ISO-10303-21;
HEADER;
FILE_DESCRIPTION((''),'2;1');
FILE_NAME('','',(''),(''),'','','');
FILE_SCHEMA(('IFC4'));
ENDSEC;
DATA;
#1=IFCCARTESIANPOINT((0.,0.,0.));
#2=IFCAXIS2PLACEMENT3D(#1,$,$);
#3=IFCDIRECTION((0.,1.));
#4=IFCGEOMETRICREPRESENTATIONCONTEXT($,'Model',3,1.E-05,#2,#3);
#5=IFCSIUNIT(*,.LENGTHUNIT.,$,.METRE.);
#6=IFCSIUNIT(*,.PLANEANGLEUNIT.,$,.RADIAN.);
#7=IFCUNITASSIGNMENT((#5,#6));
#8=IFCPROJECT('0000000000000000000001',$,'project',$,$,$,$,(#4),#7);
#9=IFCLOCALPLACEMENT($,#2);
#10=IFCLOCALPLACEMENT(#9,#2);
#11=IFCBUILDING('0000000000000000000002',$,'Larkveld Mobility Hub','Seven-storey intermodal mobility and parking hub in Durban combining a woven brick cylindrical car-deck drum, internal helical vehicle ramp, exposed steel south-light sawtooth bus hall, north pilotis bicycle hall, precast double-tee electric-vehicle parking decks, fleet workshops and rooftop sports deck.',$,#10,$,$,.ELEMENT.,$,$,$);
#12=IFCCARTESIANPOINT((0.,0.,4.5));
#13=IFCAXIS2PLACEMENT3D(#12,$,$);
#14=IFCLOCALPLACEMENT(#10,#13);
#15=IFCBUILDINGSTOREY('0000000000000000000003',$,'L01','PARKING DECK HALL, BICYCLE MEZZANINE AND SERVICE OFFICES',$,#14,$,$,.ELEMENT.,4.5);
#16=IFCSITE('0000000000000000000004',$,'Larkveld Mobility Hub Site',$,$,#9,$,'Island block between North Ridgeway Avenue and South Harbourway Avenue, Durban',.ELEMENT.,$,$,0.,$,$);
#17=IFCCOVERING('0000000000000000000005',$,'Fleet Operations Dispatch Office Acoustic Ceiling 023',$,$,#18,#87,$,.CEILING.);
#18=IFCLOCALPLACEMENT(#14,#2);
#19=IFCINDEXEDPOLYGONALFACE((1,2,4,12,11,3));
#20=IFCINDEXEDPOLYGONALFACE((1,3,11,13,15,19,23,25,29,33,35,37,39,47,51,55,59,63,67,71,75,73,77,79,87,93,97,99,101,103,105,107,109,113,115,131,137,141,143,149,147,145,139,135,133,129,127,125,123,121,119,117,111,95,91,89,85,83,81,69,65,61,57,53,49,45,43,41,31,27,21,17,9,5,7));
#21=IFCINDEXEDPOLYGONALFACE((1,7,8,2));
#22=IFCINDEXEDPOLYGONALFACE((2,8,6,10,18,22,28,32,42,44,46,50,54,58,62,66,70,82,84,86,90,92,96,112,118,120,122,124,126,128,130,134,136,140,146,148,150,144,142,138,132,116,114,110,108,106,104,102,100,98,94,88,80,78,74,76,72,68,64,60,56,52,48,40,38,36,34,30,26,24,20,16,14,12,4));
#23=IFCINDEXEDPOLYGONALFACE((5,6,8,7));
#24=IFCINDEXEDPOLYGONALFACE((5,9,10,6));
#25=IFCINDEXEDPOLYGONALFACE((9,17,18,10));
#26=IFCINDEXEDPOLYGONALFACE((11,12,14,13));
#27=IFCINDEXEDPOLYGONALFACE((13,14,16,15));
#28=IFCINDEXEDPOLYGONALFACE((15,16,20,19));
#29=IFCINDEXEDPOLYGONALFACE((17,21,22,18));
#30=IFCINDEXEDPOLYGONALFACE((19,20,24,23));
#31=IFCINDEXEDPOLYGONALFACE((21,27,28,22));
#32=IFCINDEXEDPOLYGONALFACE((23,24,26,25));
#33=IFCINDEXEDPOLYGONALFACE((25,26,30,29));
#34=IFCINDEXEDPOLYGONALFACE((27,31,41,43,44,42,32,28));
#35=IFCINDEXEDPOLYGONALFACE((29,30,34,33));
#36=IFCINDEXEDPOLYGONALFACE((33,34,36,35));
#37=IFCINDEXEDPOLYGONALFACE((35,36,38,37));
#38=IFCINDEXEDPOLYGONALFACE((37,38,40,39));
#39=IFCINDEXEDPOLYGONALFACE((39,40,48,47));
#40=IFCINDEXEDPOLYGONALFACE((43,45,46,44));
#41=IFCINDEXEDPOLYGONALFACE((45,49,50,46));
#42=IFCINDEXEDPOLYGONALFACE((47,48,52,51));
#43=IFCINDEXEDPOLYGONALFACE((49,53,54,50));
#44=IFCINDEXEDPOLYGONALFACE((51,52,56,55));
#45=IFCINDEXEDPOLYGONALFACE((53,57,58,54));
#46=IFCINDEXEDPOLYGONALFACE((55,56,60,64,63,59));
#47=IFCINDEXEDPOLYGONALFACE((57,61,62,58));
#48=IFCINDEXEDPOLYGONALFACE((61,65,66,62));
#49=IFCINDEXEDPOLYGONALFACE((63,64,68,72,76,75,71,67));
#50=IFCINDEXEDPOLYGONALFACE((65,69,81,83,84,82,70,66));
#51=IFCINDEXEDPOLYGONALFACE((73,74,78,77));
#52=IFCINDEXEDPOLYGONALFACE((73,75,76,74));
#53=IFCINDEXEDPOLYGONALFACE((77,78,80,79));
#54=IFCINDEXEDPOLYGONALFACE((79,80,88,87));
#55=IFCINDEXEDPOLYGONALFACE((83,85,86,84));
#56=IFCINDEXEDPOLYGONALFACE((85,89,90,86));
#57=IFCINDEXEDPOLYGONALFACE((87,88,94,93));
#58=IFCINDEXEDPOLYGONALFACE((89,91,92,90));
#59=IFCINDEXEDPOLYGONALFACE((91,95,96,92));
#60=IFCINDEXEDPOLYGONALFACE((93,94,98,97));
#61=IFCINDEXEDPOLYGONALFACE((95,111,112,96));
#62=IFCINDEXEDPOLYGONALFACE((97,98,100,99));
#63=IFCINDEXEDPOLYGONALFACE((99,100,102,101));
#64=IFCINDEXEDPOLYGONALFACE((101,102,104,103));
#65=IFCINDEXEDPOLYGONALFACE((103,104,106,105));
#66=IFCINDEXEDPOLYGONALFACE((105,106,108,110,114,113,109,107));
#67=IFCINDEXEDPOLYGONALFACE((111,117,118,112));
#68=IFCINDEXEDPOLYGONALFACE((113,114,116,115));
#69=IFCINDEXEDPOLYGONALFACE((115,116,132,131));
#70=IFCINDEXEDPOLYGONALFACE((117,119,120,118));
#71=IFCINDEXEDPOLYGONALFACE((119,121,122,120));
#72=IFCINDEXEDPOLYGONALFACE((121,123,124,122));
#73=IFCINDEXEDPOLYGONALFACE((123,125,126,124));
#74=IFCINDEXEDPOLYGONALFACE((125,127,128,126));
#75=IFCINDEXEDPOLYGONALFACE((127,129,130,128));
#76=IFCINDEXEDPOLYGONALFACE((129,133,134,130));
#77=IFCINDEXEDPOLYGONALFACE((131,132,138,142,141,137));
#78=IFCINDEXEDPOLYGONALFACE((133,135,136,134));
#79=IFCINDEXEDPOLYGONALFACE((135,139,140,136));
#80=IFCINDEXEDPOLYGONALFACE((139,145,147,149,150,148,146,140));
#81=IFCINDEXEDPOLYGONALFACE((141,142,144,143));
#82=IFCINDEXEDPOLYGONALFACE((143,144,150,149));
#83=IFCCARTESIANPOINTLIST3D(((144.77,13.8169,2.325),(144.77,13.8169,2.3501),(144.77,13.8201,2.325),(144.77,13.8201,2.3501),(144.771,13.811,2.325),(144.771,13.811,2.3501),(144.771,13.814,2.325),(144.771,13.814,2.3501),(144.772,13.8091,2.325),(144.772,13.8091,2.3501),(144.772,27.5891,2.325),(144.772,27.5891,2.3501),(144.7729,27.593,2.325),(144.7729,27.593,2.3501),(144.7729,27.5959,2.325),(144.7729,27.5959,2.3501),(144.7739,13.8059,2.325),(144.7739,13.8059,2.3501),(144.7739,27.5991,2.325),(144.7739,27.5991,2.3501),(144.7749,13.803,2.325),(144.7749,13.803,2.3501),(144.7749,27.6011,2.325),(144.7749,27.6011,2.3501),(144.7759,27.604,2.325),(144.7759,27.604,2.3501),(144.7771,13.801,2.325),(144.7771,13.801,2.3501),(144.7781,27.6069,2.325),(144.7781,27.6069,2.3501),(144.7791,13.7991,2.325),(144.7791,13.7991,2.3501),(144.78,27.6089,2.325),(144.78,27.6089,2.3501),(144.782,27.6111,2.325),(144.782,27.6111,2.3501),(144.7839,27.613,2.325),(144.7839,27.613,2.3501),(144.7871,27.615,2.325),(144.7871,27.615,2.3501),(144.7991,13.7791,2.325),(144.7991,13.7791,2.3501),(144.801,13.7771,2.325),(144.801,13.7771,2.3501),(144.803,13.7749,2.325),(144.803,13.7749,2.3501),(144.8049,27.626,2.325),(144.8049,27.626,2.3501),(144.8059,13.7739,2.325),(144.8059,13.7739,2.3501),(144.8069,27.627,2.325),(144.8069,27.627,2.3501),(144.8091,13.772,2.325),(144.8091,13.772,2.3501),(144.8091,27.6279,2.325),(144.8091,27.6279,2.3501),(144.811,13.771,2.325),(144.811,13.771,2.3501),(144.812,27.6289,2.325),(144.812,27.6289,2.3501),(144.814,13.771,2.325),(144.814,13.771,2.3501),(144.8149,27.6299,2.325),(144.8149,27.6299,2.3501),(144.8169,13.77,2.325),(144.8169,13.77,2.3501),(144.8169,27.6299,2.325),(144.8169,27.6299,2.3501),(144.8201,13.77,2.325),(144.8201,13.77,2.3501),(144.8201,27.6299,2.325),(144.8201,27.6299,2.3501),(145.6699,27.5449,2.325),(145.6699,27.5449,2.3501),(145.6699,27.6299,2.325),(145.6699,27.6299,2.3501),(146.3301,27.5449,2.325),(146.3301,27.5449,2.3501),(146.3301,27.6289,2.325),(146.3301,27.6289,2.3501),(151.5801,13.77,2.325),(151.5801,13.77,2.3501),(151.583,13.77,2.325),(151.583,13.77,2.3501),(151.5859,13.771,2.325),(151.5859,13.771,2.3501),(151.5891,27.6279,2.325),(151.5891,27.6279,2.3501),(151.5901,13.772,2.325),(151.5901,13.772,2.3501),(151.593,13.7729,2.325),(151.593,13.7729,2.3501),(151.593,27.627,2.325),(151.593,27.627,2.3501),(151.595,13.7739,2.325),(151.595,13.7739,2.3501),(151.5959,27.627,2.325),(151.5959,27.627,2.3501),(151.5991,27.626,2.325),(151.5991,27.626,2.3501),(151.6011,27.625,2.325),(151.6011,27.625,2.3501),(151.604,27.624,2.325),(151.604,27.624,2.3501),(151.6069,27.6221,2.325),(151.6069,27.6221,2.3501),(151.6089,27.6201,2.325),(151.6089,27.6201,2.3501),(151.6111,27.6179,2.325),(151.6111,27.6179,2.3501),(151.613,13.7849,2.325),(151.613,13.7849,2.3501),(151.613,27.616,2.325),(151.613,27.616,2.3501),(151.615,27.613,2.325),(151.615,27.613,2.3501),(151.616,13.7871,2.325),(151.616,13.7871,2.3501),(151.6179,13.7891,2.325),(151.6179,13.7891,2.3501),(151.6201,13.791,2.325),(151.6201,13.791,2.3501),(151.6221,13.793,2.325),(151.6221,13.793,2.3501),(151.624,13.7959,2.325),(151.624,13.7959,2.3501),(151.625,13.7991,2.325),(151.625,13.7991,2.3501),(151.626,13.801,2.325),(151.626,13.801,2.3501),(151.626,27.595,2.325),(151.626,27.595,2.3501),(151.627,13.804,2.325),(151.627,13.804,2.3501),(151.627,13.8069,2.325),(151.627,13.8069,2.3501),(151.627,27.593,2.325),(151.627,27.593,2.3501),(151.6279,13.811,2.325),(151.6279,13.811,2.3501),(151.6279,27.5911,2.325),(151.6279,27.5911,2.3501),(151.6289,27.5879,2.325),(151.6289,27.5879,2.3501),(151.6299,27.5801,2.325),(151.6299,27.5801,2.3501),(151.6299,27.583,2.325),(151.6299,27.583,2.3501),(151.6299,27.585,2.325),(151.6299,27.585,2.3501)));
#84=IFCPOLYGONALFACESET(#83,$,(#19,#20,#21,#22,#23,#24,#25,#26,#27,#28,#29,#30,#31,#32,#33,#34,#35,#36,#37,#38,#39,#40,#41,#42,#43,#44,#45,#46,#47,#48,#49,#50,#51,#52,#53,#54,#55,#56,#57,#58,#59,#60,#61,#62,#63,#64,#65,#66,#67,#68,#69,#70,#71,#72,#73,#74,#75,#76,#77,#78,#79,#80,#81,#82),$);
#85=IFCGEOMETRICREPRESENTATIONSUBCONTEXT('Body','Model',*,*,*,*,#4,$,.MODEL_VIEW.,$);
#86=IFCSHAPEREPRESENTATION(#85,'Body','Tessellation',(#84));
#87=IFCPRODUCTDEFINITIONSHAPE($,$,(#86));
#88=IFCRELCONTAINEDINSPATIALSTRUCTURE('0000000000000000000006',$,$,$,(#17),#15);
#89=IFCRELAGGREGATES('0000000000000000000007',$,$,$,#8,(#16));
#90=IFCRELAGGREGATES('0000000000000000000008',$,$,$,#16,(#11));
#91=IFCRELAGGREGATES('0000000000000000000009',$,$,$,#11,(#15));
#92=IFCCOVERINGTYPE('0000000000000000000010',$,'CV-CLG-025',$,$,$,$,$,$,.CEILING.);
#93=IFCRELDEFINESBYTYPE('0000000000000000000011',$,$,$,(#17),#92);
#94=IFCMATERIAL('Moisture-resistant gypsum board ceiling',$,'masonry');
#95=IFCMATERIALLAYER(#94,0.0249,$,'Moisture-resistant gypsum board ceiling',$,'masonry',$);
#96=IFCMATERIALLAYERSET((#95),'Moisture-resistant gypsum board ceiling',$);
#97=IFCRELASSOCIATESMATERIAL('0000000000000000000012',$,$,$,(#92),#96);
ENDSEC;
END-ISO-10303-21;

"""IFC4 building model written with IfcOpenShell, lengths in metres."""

from ifc_helpers import new_model, si_unit, direction, frame, origin, place, context, subcontext, project, spatial, polyline, outline, extrude, material, layer, layer_set, type_object, element, save


model = new_model("IFC4")

# Units and contexts
model_context = context("Model", 3, precision=1e-05, world=origin(), true_north=direction((0.0, 1.0)))
body_context = subcontext(model_context, "Body", "Model", "MODEL_VIEW")
ifc_project = project(units=[si_unit("LENGTHUNIT", "METRE"), si_unit("PLANEANGLEUNIT", "RADIAN")], contexts=[model_context])

# Site, building, storey
site_placement = place(None, origin())
site = spatial("IfcSite", under=ifc_project, at=site_placement, Name="Larkveld Mobility Hub Site", LongName="Island block between North Ridgeway Avenue and South Harbourway Avenue, Durban", CompositionType="ELEMENT", RefElevation=0.0)
building_placement = place(site_placement, origin())
building = spatial("IfcBuilding", under=site, at=building_placement, Name="Larkveld Mobility Hub", Description="Seven-storey intermodal mobility and parking hub in Durban combining a woven brick cylindrical car-deck drum, internal helical vehicle ramp, exposed steel south-light sawtooth bus hall, north pilotis bicycle hall, precast double-tee electric-vehicle parking decks, fleet workshops and rooftop sports deck.", CompositionType="ELEMENT")
storey_placement = place(building_placement, frame((0.0, 0.0, 4.5)))
storey = spatial("IfcBuildingStorey", under=building, at=storey_placement, Name="L01", Description="PARKING DECK HALL, BICYCLE MEZZANINE AND SERVICE OFFICES", CompositionType="ELEMENT", Elevation=4.5)

# Covering
ifc_material_1 = material(Name="Moisture-resistant gypsum board ceiling", Category="masonry")
ifc_layer_1 = layer(ifc_material_1, 0.0249, Name="Moisture-resistant gypsum board ceiling", Category="masonry")
ifc_layer_set_1 = layer_set([ifc_layer_1], Name="Moisture-resistant gypsum board ceiling")
covering_type_1 = type_object("IfcCoveringType", Name="CV-CLG-025", PredefinedType="CEILING", material=ifc_layer_set_1)
covering_1_placement = place(storey_placement, frame((0.0, 0.0, 2.325)))
element("IfcCovering", 1, at=covering_1_placement, inside=storey, type_object=covering_type_1, Name="Fleet Operations Dispatch Office Acoustic Ceiling 023", PredefinedType="CEILING", context=body_context, shape_type="SweptSolid", body=[
    extrude(outline(polyline([(144.8169, 13.77), (144.814, 13.771), (144.811, 13.771), (144.8091, 13.772), (144.8059, 13.7739), (144.803, 13.7749), (144.801, 13.7771), (144.7991, 13.7791), (144.7791, 13.7991), (144.7771, 13.801), (144.7749, 13.803), (144.7739, 13.8059), (144.772, 13.8091), (144.771, 13.811), (144.771, 13.814), (144.77, 13.8169), (144.77, 13.8201), (144.772, 27.5891), (144.7729, 27.593), (144.7729, 27.5959), (144.7739, 27.5991), (144.7749, 27.6011), (144.7759, 27.604), (144.7781, 27.6069), (144.78, 27.6089), (144.782, 27.6111), (144.7839, 27.613), (144.7871, 27.615), (144.8049, 27.626), (144.8069, 27.627), (144.8091, 27.6279), (144.812, 27.6289), (144.8149, 27.6299), (144.8169, 27.6299), (144.8201, 27.6299), (145.6699, 27.6299), (145.6699, 27.5449), (146.3301, 27.5449), (146.3301, 27.6289), (151.5891, 27.6279), (151.593, 27.627), (151.5959, 27.627), (151.5991, 27.626), (151.6011, 27.625), (151.604, 27.624), (151.6069, 27.6221), (151.6089, 27.6201), (151.6111, 27.6179), (151.613, 27.616), (151.615, 27.613), (151.626, 27.595), (151.627, 27.593), (151.6279, 27.5911), (151.6289, 27.5879), (151.6299, 27.585), (151.6299, 27.583), (151.6299, 27.5801), (151.6279, 13.811), (151.627, 13.8069), (151.627, 13.804), (151.626, 13.801), (151.625, 13.7991), (151.624, 13.7959), (151.6221, 13.793), (151.6201, 13.791), (151.6179, 13.7891), (151.616, 13.7871), (151.613, 13.7849), (151.595, 13.7739), (151.593, 13.7729), (151.5901, 13.772), (151.5859, 13.771), (151.583, 13.77), (151.5801, 13.77), (144.8201, 13.77), (144.8169, 13.77)])), origin(), (0.0, 0.0, 1.0), 0.0251),
])

save(model, "model.ifc")
